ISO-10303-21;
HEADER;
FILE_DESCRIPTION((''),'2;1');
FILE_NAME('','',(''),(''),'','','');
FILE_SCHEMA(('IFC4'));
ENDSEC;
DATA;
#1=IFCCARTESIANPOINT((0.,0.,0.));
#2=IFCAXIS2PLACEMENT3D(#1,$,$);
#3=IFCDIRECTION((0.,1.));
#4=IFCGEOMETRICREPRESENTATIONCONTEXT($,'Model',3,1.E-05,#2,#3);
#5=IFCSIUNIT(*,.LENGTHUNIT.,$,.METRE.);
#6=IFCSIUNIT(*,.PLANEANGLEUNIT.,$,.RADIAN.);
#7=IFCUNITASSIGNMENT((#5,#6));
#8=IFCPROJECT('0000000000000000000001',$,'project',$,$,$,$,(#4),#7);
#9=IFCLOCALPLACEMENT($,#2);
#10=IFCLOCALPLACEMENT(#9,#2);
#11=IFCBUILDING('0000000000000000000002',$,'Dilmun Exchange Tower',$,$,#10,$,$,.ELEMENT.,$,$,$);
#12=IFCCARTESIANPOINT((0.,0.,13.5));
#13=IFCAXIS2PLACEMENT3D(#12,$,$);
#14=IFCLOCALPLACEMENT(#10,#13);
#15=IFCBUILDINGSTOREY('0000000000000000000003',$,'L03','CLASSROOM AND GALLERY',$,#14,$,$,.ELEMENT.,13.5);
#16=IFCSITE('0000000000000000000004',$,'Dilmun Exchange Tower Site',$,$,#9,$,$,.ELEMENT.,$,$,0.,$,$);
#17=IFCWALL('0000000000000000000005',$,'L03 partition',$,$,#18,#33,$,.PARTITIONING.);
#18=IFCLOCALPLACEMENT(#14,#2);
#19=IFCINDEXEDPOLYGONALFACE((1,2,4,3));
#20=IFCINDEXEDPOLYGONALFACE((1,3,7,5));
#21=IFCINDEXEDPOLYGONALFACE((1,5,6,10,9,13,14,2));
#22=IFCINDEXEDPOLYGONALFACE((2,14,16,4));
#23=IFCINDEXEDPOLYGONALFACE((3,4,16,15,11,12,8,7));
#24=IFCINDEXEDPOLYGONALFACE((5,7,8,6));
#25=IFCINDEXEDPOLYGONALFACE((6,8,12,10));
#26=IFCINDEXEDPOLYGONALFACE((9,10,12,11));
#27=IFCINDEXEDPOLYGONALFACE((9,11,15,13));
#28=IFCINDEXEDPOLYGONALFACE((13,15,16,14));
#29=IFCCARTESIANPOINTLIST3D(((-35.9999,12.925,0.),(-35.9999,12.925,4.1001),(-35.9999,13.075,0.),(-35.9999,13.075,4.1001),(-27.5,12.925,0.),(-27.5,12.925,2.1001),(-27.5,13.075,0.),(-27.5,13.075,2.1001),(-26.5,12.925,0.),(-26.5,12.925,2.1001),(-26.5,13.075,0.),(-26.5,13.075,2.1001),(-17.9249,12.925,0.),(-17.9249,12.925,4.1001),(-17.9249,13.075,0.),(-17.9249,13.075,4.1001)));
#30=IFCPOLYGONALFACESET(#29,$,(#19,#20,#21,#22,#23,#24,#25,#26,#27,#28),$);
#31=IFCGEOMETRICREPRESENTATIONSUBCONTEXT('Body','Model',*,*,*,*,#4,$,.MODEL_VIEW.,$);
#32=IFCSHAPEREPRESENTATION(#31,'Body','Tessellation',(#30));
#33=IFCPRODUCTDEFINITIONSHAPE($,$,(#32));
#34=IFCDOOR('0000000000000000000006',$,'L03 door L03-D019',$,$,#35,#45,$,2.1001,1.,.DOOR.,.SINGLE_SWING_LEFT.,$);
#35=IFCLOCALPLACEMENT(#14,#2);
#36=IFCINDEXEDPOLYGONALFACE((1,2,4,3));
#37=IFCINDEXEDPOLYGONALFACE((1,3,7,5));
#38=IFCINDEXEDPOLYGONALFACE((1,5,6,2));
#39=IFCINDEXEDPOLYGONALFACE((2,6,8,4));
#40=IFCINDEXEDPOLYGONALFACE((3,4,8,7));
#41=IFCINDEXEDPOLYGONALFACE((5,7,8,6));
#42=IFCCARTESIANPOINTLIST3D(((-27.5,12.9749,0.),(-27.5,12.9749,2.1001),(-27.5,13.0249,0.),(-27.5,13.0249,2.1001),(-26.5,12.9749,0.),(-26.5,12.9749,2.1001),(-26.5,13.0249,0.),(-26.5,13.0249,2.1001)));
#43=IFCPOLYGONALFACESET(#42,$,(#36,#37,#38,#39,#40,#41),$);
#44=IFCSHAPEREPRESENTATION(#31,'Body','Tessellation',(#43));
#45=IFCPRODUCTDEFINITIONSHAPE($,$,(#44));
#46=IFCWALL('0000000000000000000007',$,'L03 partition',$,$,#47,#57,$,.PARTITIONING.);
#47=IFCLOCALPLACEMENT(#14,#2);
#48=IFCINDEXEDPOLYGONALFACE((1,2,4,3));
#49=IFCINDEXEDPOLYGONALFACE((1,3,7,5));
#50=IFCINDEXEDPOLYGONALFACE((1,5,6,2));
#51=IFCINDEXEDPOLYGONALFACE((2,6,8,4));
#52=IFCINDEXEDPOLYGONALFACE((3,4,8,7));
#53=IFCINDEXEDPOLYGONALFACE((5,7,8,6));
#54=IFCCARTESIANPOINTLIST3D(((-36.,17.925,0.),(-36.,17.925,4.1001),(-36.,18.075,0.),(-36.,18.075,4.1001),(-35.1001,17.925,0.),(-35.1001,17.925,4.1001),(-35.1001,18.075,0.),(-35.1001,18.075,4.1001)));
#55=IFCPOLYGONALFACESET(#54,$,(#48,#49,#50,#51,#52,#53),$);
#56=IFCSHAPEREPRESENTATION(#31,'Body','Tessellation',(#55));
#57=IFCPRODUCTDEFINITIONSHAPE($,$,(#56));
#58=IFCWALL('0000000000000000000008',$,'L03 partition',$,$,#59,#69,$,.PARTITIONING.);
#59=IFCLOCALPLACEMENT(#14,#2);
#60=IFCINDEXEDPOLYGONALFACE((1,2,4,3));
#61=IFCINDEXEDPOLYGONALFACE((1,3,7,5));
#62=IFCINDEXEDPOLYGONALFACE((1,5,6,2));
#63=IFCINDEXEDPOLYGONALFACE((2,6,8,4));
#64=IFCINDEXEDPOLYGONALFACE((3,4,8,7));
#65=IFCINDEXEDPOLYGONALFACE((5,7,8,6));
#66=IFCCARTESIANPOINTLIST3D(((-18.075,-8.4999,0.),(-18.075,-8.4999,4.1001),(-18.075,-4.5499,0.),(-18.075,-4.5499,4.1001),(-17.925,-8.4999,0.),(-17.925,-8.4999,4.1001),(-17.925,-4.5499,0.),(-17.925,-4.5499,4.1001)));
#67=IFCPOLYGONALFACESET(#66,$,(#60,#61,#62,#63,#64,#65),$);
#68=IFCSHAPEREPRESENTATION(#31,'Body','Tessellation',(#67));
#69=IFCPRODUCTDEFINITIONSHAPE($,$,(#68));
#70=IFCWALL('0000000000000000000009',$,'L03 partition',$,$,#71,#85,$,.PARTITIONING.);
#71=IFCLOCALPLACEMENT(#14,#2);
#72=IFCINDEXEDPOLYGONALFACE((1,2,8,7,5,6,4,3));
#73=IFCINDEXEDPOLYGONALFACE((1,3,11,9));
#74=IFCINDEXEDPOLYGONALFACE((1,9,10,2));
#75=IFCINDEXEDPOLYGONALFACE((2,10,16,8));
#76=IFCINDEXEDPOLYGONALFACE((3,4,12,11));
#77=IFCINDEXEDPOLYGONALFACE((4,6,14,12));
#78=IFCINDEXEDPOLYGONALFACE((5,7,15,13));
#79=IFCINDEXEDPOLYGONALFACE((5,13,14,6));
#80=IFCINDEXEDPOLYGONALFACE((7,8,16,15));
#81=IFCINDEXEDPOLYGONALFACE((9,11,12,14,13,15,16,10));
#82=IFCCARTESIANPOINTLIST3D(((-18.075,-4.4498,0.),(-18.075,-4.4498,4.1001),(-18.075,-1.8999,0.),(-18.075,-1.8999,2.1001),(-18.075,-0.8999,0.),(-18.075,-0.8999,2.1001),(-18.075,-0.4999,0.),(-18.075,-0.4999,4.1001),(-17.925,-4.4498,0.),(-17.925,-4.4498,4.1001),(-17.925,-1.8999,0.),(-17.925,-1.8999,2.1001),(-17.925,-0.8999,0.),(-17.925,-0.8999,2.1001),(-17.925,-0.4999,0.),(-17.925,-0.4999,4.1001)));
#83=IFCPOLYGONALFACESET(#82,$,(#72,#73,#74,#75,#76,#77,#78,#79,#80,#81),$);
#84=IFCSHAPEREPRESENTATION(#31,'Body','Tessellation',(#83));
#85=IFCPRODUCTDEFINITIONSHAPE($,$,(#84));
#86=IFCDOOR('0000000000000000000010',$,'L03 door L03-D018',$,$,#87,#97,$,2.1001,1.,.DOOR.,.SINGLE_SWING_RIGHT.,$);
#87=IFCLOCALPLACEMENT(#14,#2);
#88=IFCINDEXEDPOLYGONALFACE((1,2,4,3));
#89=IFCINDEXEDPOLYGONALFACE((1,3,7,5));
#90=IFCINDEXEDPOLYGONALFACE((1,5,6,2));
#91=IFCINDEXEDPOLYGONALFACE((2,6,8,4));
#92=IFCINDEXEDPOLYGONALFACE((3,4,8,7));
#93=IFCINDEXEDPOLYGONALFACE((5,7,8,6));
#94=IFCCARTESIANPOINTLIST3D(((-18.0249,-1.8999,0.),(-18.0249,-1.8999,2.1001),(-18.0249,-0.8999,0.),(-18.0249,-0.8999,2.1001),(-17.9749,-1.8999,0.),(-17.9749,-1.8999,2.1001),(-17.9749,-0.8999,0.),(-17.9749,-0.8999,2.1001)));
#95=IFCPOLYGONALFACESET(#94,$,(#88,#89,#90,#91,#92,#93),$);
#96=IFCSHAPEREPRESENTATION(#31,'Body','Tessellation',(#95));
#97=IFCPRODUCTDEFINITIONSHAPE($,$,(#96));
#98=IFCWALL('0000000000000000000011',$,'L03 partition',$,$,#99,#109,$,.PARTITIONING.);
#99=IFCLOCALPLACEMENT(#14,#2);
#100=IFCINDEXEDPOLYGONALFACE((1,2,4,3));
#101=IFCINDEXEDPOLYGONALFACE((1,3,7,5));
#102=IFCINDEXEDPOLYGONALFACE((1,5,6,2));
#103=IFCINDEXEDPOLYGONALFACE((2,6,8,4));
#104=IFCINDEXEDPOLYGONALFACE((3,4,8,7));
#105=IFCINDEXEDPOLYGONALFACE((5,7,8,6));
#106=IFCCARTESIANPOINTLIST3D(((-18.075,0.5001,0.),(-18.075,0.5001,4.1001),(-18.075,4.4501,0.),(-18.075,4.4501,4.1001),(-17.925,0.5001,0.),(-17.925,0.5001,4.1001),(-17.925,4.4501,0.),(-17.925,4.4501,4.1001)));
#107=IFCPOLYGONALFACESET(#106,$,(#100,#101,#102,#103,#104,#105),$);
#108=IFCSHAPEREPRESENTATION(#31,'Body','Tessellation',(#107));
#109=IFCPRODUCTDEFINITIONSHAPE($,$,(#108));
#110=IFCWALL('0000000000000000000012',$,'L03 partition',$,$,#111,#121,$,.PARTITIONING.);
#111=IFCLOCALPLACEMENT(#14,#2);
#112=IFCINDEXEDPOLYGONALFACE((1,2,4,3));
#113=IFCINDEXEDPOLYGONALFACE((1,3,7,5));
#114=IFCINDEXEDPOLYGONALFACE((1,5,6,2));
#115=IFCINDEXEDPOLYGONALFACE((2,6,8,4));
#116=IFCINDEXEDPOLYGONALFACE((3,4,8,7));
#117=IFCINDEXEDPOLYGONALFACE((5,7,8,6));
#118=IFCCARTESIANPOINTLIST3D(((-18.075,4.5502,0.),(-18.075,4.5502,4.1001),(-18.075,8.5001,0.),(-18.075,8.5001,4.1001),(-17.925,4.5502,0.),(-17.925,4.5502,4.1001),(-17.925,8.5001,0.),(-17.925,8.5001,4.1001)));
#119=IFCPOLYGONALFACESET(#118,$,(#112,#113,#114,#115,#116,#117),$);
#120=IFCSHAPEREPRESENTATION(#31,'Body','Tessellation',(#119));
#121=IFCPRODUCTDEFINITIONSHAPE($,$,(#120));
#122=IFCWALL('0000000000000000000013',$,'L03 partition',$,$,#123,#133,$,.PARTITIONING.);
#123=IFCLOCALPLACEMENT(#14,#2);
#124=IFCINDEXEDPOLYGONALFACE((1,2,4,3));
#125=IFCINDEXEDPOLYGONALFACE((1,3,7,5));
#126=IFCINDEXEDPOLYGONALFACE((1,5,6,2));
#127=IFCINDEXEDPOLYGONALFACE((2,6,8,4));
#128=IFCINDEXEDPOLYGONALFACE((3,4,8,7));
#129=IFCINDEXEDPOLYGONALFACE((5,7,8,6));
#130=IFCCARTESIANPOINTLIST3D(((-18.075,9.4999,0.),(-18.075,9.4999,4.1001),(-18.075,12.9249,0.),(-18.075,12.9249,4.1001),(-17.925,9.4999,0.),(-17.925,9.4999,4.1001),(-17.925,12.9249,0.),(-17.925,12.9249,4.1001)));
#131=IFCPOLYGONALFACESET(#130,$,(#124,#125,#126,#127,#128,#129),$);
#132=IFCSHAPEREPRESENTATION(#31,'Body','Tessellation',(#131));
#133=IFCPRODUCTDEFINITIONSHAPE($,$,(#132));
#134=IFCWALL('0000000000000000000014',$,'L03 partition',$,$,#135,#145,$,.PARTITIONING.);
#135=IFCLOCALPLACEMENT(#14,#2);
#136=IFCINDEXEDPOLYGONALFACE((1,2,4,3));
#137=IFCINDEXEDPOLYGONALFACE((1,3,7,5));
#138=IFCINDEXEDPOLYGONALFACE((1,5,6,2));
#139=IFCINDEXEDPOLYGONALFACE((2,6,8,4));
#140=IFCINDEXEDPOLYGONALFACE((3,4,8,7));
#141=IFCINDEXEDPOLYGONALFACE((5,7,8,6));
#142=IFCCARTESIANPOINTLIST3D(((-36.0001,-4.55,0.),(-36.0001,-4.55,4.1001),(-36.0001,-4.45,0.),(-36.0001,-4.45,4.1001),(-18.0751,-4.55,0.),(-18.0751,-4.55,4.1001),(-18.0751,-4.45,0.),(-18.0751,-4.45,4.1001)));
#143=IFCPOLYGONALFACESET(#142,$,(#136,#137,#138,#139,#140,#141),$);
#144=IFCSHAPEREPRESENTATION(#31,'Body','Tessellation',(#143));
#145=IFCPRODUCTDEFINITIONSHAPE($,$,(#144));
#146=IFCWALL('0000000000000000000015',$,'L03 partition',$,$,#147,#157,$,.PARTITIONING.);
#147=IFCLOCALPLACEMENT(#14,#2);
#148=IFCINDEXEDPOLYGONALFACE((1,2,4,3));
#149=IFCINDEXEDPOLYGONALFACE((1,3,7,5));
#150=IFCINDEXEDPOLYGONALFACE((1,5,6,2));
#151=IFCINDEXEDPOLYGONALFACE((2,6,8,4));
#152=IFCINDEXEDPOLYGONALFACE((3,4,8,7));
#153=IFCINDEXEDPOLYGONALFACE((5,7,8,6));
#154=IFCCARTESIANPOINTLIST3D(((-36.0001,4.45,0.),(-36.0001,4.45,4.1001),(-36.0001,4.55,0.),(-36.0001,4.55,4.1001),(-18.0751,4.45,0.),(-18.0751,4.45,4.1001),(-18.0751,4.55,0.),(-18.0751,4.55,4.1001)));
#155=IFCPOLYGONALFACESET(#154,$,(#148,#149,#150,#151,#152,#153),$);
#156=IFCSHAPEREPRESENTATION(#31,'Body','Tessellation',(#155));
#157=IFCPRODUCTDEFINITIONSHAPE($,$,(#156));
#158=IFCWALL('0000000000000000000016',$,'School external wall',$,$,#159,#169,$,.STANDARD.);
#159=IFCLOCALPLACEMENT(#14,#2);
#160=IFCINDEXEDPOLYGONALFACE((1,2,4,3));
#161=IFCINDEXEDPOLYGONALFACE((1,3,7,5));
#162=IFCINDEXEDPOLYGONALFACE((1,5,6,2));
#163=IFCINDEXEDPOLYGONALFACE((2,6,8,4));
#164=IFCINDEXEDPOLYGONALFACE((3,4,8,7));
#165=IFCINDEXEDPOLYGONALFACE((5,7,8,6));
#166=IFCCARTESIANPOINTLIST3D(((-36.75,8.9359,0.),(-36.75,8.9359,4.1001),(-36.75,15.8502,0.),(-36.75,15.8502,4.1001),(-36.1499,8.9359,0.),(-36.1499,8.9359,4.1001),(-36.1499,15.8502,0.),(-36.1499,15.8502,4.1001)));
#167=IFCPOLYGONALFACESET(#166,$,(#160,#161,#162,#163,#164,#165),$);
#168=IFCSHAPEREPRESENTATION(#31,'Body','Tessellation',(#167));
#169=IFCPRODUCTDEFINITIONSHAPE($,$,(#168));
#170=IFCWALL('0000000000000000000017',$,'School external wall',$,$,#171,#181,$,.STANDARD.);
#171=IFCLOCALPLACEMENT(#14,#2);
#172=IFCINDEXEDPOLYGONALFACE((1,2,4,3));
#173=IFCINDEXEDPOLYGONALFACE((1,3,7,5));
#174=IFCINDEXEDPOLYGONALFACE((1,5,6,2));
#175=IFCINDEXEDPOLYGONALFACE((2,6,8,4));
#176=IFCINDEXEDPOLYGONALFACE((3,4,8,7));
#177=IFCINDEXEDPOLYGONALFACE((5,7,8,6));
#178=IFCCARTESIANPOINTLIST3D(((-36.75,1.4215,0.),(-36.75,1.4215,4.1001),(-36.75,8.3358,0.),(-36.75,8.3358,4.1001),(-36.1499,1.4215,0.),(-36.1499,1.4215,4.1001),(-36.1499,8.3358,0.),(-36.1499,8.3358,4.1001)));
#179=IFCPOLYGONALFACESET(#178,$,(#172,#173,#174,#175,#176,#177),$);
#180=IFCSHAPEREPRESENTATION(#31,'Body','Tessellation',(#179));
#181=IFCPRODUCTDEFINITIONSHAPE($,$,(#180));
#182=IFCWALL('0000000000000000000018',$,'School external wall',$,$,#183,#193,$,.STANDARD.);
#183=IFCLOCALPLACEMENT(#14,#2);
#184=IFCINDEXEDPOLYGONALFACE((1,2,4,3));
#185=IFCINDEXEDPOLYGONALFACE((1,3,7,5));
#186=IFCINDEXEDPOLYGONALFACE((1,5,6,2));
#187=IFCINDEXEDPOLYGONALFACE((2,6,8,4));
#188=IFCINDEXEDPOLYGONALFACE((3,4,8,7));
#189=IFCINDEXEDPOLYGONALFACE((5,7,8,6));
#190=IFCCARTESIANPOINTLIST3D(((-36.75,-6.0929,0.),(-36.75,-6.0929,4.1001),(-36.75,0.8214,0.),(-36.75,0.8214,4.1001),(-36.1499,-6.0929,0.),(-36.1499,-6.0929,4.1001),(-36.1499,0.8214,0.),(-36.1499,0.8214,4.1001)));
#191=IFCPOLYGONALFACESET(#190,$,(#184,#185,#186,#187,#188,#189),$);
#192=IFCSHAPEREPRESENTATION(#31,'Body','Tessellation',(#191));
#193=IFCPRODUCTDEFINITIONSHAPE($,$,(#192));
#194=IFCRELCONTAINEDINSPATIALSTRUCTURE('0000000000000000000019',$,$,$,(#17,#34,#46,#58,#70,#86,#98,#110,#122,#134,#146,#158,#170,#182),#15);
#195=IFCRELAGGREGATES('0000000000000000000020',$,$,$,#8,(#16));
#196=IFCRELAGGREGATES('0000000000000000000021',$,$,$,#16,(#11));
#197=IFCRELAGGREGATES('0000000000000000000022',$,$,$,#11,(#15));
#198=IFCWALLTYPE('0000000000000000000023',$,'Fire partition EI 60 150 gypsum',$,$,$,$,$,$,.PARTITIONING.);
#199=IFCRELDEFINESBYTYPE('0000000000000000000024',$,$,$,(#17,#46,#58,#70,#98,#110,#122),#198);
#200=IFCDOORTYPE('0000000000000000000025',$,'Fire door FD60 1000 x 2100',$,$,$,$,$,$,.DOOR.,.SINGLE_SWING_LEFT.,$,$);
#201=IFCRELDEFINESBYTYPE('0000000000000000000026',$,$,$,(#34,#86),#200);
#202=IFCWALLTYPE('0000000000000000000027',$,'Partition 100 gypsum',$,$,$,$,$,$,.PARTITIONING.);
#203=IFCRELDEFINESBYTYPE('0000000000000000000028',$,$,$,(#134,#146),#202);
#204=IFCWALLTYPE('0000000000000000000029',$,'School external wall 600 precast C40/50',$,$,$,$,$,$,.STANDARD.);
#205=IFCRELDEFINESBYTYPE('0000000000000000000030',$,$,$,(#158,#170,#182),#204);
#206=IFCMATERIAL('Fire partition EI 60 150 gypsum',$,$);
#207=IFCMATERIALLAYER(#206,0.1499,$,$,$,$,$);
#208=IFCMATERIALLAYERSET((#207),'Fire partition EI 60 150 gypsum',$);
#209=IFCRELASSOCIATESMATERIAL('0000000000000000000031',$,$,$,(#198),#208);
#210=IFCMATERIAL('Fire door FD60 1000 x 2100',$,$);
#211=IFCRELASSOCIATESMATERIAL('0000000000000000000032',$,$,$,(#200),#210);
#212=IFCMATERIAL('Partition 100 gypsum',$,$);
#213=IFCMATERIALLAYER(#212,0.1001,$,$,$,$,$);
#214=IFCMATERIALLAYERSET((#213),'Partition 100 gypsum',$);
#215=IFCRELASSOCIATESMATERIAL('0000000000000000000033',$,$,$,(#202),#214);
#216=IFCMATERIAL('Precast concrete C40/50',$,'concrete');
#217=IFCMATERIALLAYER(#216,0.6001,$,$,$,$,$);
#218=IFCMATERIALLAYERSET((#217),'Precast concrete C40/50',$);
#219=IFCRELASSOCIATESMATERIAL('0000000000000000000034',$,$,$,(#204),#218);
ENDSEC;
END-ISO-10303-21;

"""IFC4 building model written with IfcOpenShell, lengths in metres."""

from ifc_helpers import new_model, si_unit, direction, frame, frame_2d, origin, place, context, subcontext, project, spatial, rectangle, extrude, material, layer, layer_set, type_object, element, fill, save


model = new_model("IFC4")

# Units and contexts
model_context = context("Model", 3, precision=1e-05, world=origin(), true_north=direction((0.0, 1.0)))
body_context = subcontext(model_context, "Body", "Model", "MODEL_VIEW")
ifc_project = project(units=[si_unit("LENGTHUNIT", "METRE"), si_unit("PLANEANGLEUNIT", "RADIAN")], contexts=[model_context])

# Site, building, storey
site_placement = place(None, origin())
site = spatial("IfcSite", under=ifc_project, at=site_placement, Name="Dilmun Exchange Tower Site", CompositionType="ELEMENT", RefElevation=0.0)
building_placement = place(site_placement, origin())
building = spatial("IfcBuilding", under=site, at=building_placement, Name="Dilmun Exchange Tower", CompositionType="ELEMENT")
storey_placement = place(building_placement, frame((0.0, 0.0, 13.5)))
storey = spatial("IfcBuildingStorey", under=building, at=storey_placement, Name="L03", Description="CLASSROOM AND GALLERY", CompositionType="ELEMENT", Elevation=13.5)

# Wall, opening, door
ifc_material_1 = material(Name="Fire partition EI 60 150 gypsum")
ifc_layer_1 = layer(ifc_material_1, 0.1499)
ifc_layer_set_1 = layer_set([ifc_layer_1], Name="Fire partition EI 60 150 gypsum")
wall_type_1 = type_object("IfcWallType", Name="Fire partition EI 60 150 gypsum", PredefinedType="PARTITIONING", material=ifc_layer_set_1)
wall_1_placement = place(storey_placement, frame((-36.0, 13.0, 0.0), z_axis=(0.0, 0.0, 1.0), x_axis=(1.0, 0.0, 0.0)))
wall_1 = element("IfcWall", 1, at=wall_1_placement, inside=storey, type_object=wall_type_1, Name="L03 partition", PredefinedType="PARTITIONING", context=body_context, shape_type="SweptSolid", body=[
    extrude(rectangle(XDim=18.075, YDim=0.1499, at=frame_2d((9.0376, 0.0))), origin(), (0.0, 0.0, 1.0), 4.1001),
])
opening_1_placement = place(wall_1_placement, frame((8.5, 0.0, 0.0)))
opening_1 = element("IfcOpeningElement", 2, at=opening_1_placement, cuts=wall_1, PredefinedType="OPENING", context=body_context, shape_type="SweptSolid", body=[
    extrude(rectangle(XDim=1.0, YDim=2.1001, at=frame_2d((0.5, 1.05))), frame((0.0, 0.085, 0.0), z_axis=(0.0, -1.0, 0.0), x_axis=(1.0, 0.0, 0.0)), (0.0, 0.0, 1.0), 0.1699),
])
ifc_material_2 = material(Name="Fire door FD60 1000 x 2100")
door_type = type_object("IfcDoorType", Name="Fire door FD60 1000 x 2100", OperationType="SINGLE_SWING_LEFT", PredefinedType="DOOR", material=ifc_material_2)
door_1_placement = place(opening_1_placement, origin())
door_1 = element("IfcDoor", 3, at=door_1_placement, inside=storey, type_object=door_type, Name="L03 door L03-D019", OperationType="SINGLE_SWING_LEFT", OverallHeight=2.1001, OverallWidth=1.0, PredefinedType="DOOR", context=body_context, shape_type="SweptSolid", body=[
    extrude(rectangle(XDim=1.0, YDim=2.1001, at=frame_2d((0.5, 1.05))), frame((0.0, 0.0249, 0.0), z_axis=(0.0, -1.0, 0.0), x_axis=(1.0, 0.0, 0.0)), (0.0, 0.0, 1.0), 0.05),
])
fill(opening_1, door_1)

# Walls
wall_2_placement = place(storey_placement, frame((-36.0, 18.0, 0.0), z_axis=(0.0, 0.0, 1.0), x_axis=(1.0, 0.0, 0.0)))
element("IfcWall", 4, at=wall_2_placement, inside=storey, type_object=wall_type_1, Name="L03 partition", PredefinedType="PARTITIONING", context=body_context, shape_type="SweptSolid", body=[
    extrude(rectangle(XDim=0.8999, YDim=0.1499, at=frame_2d((0.45, 0.0))), origin(), (0.0, 0.0, 1.0), 4.1001),
])
wall_3_placement = place(storey_placement, frame((-18.0, -8.5, 0.0), z_axis=(0.0, 0.0, 1.0), x_axis=(0.0, 1.0, 0.0)))
element("IfcWall", 5, at=wall_3_placement, inside=storey, type_object=wall_type_1, Name="L03 partition", PredefinedType="PARTITIONING", context=body_context, shape_type="SweptSolid", body=[
    extrude(rectangle(XDim=3.95, YDim=0.1499, at=frame_2d((1.9751, 0.0))), origin(), (0.0, 0.0, 1.0), 4.1001),
])

# Wall, opening, door
wall_4_placement = place(storey_placement, frame((-18.0, -4.45, 0.0), z_axis=(0.0, 0.0, 1.0), x_axis=(0.0, 1.0, 0.0)))
wall_4 = element("IfcWall", 6, at=wall_4_placement, inside=storey, type_object=wall_type_1, Name="L03 partition", PredefinedType="PARTITIONING", context=body_context, shape_type="SweptSolid", body=[
    extrude(rectangle(XDim=3.95, YDim=0.1499, at=frame_2d((1.9751, 0.0))), origin(), (0.0, 0.0, 1.0), 4.1001),
])
opening_2_placement = place(wall_4_placement, frame((2.55, 0.0, 0.0)))
opening_2 = element("IfcOpeningElement", 7, at=opening_2_placement, cuts=wall_4, PredefinedType="OPENING", context=body_context, shape_type="SweptSolid", body=[
    extrude(rectangle(XDim=1.0, YDim=2.1001, at=frame_2d((0.5, 1.05))), frame((0.0, 0.085, 0.0), z_axis=(0.0, -1.0, 0.0), x_axis=(1.0, 0.0, 0.0)), (0.0, 0.0, 1.0), 0.1699),
])
door_2_placement = place(opening_2_placement, origin())
door_2 = element("IfcDoor", 8, at=door_2_placement, inside=storey, type_object=door_type, Name="L03 door L03-D018", OperationType="SINGLE_SWING_RIGHT", OverallHeight=2.1001, OverallWidth=1.0, PredefinedType="DOOR", context=body_context, shape_type="SweptSolid", body=[
    extrude(rectangle(XDim=1.0, YDim=2.1001, at=frame_2d((0.5, 1.05))), frame((0.0, 0.0249, 0.0), z_axis=(0.0, -1.0, 0.0), x_axis=(1.0, 0.0, 0.0)), (0.0, 0.0, 1.0), 0.05),
])
fill(opening_2, door_2)

# Walls
for number, where, z_axis, x_axis, name in (
    (9, (-18.0, 0.5, 0.0), (0.0, 0.0, 1.0), (0.0, 1.0, 0.0), "L03 partition"),
    (10, (-18.0, 4.55, 0.0), (0.0, 0.0, 1.0), (0.0, 1.0, 0.0), "L03 partition"),
):
    element("IfcWall", number, at=place(storey_placement, frame(where, z_axis=z_axis, x_axis=x_axis)), inside=storey, type_object=wall_type_1, Name=name, PredefinedType="PARTITIONING", context=body_context, shape_type="SweptSolid", body=[
        extrude(rectangle(XDim=3.95, YDim=0.1499, at=frame_2d((1.9751, 0.0))), origin(), (0.0, 0.0, 1.0), 4.1001),
    ])
wall_5_placement = place(storey_placement, frame((-18.0, 9.5, 0.0), z_axis=(0.0, 0.0, 1.0), x_axis=(0.0, 1.0, 0.0)))
element("IfcWall", 11, at=wall_5_placement, inside=storey, type_object=wall_type_1, Name="L03 partition", PredefinedType="PARTITIONING", context=body_context, shape_type="SweptSolid", body=[
    extrude(rectangle(XDim=3.425, YDim=0.1499, at=frame_2d((1.7124, 0.0))), origin(), (0.0, 0.0, 1.0), 4.1001),
])
ifc_material_3 = material(Name="Partition 100 gypsum")
ifc_layer_2 = layer(ifc_material_3, 0.1001)
ifc_layer_set_2 = layer_set([ifc_layer_2], Name="Partition 100 gypsum")
wall_type_2 = type_object("IfcWallType", Name="Partition 100 gypsum", PredefinedType="PARTITIONING", material=ifc_layer_set_2)
for number, where, z_axis, x_axis, name in (
    (12, (-36.0, -4.5, 0.0), (0.0, 0.0, 1.0), (1.0, 0.0, 0.0), "L03 partition"),
    (13, (-36.0, 4.5, 0.0), (0.0, 0.0, 1.0), (1.0, 0.0, 0.0), "L03 partition"),
):
    element("IfcWall", number, at=place(storey_placement, frame(where, z_axis=z_axis, x_axis=x_axis)), inside=storey, type_object=wall_type_2, Name=name, PredefinedType="PARTITIONING", context=body_context, shape_type="SweptSolid", body=[
        extrude(rectangle(XDim=17.925, YDim=0.1001, at=frame_2d((8.9624, 0.0))), origin(), (0.0, 0.0, 1.0), 4.1001),
    ])
ifc_material_4 = material(Name="Precast concrete C40/50", Category="concrete")
ifc_layer_3 = layer(ifc_material_4, 0.6001)
ifc_layer_set_3 = layer_set([ifc_layer_3], Name="Precast concrete C40/50")
wall_type_3 = type_object("IfcWallType", Name="School external wall 600 precast C40/50", PredefinedType="STANDARD", material=ifc_layer_set_3)
for number, where, z_axis, x_axis, name in (
    (14, (-36.45, 15.8501, 0.0), (0.0, 0.0, 1.0), (0.0, -1.0, 0.0), "School external wall"),
    (15, (-36.45, 8.3357, 0.0), (0.0, 0.0, 1.0), (0.0, -1.0, 0.0), "School external wall"),
    (16, (-36.45, 0.8213, 0.0), (0.0, 0.0, 1.0), (0.0, -1.0, 0.0), "School external wall"),
):
    element("IfcWall", number, at=place(storey_placement, frame(where, z_axis=z_axis, x_axis=x_axis)), inside=storey, type_object=wall_type_3, Name=name, PredefinedType="STANDARD", context=body_context, shape_type="SweptSolid", body=[
        extrude(rectangle(XDim=6.9143, YDim=0.6001, at=frame_2d((3.457, 0.0))), origin(), (0.0, 0.0, 1.0), 4.1001),
    ])

save(model, "model.ifc")
